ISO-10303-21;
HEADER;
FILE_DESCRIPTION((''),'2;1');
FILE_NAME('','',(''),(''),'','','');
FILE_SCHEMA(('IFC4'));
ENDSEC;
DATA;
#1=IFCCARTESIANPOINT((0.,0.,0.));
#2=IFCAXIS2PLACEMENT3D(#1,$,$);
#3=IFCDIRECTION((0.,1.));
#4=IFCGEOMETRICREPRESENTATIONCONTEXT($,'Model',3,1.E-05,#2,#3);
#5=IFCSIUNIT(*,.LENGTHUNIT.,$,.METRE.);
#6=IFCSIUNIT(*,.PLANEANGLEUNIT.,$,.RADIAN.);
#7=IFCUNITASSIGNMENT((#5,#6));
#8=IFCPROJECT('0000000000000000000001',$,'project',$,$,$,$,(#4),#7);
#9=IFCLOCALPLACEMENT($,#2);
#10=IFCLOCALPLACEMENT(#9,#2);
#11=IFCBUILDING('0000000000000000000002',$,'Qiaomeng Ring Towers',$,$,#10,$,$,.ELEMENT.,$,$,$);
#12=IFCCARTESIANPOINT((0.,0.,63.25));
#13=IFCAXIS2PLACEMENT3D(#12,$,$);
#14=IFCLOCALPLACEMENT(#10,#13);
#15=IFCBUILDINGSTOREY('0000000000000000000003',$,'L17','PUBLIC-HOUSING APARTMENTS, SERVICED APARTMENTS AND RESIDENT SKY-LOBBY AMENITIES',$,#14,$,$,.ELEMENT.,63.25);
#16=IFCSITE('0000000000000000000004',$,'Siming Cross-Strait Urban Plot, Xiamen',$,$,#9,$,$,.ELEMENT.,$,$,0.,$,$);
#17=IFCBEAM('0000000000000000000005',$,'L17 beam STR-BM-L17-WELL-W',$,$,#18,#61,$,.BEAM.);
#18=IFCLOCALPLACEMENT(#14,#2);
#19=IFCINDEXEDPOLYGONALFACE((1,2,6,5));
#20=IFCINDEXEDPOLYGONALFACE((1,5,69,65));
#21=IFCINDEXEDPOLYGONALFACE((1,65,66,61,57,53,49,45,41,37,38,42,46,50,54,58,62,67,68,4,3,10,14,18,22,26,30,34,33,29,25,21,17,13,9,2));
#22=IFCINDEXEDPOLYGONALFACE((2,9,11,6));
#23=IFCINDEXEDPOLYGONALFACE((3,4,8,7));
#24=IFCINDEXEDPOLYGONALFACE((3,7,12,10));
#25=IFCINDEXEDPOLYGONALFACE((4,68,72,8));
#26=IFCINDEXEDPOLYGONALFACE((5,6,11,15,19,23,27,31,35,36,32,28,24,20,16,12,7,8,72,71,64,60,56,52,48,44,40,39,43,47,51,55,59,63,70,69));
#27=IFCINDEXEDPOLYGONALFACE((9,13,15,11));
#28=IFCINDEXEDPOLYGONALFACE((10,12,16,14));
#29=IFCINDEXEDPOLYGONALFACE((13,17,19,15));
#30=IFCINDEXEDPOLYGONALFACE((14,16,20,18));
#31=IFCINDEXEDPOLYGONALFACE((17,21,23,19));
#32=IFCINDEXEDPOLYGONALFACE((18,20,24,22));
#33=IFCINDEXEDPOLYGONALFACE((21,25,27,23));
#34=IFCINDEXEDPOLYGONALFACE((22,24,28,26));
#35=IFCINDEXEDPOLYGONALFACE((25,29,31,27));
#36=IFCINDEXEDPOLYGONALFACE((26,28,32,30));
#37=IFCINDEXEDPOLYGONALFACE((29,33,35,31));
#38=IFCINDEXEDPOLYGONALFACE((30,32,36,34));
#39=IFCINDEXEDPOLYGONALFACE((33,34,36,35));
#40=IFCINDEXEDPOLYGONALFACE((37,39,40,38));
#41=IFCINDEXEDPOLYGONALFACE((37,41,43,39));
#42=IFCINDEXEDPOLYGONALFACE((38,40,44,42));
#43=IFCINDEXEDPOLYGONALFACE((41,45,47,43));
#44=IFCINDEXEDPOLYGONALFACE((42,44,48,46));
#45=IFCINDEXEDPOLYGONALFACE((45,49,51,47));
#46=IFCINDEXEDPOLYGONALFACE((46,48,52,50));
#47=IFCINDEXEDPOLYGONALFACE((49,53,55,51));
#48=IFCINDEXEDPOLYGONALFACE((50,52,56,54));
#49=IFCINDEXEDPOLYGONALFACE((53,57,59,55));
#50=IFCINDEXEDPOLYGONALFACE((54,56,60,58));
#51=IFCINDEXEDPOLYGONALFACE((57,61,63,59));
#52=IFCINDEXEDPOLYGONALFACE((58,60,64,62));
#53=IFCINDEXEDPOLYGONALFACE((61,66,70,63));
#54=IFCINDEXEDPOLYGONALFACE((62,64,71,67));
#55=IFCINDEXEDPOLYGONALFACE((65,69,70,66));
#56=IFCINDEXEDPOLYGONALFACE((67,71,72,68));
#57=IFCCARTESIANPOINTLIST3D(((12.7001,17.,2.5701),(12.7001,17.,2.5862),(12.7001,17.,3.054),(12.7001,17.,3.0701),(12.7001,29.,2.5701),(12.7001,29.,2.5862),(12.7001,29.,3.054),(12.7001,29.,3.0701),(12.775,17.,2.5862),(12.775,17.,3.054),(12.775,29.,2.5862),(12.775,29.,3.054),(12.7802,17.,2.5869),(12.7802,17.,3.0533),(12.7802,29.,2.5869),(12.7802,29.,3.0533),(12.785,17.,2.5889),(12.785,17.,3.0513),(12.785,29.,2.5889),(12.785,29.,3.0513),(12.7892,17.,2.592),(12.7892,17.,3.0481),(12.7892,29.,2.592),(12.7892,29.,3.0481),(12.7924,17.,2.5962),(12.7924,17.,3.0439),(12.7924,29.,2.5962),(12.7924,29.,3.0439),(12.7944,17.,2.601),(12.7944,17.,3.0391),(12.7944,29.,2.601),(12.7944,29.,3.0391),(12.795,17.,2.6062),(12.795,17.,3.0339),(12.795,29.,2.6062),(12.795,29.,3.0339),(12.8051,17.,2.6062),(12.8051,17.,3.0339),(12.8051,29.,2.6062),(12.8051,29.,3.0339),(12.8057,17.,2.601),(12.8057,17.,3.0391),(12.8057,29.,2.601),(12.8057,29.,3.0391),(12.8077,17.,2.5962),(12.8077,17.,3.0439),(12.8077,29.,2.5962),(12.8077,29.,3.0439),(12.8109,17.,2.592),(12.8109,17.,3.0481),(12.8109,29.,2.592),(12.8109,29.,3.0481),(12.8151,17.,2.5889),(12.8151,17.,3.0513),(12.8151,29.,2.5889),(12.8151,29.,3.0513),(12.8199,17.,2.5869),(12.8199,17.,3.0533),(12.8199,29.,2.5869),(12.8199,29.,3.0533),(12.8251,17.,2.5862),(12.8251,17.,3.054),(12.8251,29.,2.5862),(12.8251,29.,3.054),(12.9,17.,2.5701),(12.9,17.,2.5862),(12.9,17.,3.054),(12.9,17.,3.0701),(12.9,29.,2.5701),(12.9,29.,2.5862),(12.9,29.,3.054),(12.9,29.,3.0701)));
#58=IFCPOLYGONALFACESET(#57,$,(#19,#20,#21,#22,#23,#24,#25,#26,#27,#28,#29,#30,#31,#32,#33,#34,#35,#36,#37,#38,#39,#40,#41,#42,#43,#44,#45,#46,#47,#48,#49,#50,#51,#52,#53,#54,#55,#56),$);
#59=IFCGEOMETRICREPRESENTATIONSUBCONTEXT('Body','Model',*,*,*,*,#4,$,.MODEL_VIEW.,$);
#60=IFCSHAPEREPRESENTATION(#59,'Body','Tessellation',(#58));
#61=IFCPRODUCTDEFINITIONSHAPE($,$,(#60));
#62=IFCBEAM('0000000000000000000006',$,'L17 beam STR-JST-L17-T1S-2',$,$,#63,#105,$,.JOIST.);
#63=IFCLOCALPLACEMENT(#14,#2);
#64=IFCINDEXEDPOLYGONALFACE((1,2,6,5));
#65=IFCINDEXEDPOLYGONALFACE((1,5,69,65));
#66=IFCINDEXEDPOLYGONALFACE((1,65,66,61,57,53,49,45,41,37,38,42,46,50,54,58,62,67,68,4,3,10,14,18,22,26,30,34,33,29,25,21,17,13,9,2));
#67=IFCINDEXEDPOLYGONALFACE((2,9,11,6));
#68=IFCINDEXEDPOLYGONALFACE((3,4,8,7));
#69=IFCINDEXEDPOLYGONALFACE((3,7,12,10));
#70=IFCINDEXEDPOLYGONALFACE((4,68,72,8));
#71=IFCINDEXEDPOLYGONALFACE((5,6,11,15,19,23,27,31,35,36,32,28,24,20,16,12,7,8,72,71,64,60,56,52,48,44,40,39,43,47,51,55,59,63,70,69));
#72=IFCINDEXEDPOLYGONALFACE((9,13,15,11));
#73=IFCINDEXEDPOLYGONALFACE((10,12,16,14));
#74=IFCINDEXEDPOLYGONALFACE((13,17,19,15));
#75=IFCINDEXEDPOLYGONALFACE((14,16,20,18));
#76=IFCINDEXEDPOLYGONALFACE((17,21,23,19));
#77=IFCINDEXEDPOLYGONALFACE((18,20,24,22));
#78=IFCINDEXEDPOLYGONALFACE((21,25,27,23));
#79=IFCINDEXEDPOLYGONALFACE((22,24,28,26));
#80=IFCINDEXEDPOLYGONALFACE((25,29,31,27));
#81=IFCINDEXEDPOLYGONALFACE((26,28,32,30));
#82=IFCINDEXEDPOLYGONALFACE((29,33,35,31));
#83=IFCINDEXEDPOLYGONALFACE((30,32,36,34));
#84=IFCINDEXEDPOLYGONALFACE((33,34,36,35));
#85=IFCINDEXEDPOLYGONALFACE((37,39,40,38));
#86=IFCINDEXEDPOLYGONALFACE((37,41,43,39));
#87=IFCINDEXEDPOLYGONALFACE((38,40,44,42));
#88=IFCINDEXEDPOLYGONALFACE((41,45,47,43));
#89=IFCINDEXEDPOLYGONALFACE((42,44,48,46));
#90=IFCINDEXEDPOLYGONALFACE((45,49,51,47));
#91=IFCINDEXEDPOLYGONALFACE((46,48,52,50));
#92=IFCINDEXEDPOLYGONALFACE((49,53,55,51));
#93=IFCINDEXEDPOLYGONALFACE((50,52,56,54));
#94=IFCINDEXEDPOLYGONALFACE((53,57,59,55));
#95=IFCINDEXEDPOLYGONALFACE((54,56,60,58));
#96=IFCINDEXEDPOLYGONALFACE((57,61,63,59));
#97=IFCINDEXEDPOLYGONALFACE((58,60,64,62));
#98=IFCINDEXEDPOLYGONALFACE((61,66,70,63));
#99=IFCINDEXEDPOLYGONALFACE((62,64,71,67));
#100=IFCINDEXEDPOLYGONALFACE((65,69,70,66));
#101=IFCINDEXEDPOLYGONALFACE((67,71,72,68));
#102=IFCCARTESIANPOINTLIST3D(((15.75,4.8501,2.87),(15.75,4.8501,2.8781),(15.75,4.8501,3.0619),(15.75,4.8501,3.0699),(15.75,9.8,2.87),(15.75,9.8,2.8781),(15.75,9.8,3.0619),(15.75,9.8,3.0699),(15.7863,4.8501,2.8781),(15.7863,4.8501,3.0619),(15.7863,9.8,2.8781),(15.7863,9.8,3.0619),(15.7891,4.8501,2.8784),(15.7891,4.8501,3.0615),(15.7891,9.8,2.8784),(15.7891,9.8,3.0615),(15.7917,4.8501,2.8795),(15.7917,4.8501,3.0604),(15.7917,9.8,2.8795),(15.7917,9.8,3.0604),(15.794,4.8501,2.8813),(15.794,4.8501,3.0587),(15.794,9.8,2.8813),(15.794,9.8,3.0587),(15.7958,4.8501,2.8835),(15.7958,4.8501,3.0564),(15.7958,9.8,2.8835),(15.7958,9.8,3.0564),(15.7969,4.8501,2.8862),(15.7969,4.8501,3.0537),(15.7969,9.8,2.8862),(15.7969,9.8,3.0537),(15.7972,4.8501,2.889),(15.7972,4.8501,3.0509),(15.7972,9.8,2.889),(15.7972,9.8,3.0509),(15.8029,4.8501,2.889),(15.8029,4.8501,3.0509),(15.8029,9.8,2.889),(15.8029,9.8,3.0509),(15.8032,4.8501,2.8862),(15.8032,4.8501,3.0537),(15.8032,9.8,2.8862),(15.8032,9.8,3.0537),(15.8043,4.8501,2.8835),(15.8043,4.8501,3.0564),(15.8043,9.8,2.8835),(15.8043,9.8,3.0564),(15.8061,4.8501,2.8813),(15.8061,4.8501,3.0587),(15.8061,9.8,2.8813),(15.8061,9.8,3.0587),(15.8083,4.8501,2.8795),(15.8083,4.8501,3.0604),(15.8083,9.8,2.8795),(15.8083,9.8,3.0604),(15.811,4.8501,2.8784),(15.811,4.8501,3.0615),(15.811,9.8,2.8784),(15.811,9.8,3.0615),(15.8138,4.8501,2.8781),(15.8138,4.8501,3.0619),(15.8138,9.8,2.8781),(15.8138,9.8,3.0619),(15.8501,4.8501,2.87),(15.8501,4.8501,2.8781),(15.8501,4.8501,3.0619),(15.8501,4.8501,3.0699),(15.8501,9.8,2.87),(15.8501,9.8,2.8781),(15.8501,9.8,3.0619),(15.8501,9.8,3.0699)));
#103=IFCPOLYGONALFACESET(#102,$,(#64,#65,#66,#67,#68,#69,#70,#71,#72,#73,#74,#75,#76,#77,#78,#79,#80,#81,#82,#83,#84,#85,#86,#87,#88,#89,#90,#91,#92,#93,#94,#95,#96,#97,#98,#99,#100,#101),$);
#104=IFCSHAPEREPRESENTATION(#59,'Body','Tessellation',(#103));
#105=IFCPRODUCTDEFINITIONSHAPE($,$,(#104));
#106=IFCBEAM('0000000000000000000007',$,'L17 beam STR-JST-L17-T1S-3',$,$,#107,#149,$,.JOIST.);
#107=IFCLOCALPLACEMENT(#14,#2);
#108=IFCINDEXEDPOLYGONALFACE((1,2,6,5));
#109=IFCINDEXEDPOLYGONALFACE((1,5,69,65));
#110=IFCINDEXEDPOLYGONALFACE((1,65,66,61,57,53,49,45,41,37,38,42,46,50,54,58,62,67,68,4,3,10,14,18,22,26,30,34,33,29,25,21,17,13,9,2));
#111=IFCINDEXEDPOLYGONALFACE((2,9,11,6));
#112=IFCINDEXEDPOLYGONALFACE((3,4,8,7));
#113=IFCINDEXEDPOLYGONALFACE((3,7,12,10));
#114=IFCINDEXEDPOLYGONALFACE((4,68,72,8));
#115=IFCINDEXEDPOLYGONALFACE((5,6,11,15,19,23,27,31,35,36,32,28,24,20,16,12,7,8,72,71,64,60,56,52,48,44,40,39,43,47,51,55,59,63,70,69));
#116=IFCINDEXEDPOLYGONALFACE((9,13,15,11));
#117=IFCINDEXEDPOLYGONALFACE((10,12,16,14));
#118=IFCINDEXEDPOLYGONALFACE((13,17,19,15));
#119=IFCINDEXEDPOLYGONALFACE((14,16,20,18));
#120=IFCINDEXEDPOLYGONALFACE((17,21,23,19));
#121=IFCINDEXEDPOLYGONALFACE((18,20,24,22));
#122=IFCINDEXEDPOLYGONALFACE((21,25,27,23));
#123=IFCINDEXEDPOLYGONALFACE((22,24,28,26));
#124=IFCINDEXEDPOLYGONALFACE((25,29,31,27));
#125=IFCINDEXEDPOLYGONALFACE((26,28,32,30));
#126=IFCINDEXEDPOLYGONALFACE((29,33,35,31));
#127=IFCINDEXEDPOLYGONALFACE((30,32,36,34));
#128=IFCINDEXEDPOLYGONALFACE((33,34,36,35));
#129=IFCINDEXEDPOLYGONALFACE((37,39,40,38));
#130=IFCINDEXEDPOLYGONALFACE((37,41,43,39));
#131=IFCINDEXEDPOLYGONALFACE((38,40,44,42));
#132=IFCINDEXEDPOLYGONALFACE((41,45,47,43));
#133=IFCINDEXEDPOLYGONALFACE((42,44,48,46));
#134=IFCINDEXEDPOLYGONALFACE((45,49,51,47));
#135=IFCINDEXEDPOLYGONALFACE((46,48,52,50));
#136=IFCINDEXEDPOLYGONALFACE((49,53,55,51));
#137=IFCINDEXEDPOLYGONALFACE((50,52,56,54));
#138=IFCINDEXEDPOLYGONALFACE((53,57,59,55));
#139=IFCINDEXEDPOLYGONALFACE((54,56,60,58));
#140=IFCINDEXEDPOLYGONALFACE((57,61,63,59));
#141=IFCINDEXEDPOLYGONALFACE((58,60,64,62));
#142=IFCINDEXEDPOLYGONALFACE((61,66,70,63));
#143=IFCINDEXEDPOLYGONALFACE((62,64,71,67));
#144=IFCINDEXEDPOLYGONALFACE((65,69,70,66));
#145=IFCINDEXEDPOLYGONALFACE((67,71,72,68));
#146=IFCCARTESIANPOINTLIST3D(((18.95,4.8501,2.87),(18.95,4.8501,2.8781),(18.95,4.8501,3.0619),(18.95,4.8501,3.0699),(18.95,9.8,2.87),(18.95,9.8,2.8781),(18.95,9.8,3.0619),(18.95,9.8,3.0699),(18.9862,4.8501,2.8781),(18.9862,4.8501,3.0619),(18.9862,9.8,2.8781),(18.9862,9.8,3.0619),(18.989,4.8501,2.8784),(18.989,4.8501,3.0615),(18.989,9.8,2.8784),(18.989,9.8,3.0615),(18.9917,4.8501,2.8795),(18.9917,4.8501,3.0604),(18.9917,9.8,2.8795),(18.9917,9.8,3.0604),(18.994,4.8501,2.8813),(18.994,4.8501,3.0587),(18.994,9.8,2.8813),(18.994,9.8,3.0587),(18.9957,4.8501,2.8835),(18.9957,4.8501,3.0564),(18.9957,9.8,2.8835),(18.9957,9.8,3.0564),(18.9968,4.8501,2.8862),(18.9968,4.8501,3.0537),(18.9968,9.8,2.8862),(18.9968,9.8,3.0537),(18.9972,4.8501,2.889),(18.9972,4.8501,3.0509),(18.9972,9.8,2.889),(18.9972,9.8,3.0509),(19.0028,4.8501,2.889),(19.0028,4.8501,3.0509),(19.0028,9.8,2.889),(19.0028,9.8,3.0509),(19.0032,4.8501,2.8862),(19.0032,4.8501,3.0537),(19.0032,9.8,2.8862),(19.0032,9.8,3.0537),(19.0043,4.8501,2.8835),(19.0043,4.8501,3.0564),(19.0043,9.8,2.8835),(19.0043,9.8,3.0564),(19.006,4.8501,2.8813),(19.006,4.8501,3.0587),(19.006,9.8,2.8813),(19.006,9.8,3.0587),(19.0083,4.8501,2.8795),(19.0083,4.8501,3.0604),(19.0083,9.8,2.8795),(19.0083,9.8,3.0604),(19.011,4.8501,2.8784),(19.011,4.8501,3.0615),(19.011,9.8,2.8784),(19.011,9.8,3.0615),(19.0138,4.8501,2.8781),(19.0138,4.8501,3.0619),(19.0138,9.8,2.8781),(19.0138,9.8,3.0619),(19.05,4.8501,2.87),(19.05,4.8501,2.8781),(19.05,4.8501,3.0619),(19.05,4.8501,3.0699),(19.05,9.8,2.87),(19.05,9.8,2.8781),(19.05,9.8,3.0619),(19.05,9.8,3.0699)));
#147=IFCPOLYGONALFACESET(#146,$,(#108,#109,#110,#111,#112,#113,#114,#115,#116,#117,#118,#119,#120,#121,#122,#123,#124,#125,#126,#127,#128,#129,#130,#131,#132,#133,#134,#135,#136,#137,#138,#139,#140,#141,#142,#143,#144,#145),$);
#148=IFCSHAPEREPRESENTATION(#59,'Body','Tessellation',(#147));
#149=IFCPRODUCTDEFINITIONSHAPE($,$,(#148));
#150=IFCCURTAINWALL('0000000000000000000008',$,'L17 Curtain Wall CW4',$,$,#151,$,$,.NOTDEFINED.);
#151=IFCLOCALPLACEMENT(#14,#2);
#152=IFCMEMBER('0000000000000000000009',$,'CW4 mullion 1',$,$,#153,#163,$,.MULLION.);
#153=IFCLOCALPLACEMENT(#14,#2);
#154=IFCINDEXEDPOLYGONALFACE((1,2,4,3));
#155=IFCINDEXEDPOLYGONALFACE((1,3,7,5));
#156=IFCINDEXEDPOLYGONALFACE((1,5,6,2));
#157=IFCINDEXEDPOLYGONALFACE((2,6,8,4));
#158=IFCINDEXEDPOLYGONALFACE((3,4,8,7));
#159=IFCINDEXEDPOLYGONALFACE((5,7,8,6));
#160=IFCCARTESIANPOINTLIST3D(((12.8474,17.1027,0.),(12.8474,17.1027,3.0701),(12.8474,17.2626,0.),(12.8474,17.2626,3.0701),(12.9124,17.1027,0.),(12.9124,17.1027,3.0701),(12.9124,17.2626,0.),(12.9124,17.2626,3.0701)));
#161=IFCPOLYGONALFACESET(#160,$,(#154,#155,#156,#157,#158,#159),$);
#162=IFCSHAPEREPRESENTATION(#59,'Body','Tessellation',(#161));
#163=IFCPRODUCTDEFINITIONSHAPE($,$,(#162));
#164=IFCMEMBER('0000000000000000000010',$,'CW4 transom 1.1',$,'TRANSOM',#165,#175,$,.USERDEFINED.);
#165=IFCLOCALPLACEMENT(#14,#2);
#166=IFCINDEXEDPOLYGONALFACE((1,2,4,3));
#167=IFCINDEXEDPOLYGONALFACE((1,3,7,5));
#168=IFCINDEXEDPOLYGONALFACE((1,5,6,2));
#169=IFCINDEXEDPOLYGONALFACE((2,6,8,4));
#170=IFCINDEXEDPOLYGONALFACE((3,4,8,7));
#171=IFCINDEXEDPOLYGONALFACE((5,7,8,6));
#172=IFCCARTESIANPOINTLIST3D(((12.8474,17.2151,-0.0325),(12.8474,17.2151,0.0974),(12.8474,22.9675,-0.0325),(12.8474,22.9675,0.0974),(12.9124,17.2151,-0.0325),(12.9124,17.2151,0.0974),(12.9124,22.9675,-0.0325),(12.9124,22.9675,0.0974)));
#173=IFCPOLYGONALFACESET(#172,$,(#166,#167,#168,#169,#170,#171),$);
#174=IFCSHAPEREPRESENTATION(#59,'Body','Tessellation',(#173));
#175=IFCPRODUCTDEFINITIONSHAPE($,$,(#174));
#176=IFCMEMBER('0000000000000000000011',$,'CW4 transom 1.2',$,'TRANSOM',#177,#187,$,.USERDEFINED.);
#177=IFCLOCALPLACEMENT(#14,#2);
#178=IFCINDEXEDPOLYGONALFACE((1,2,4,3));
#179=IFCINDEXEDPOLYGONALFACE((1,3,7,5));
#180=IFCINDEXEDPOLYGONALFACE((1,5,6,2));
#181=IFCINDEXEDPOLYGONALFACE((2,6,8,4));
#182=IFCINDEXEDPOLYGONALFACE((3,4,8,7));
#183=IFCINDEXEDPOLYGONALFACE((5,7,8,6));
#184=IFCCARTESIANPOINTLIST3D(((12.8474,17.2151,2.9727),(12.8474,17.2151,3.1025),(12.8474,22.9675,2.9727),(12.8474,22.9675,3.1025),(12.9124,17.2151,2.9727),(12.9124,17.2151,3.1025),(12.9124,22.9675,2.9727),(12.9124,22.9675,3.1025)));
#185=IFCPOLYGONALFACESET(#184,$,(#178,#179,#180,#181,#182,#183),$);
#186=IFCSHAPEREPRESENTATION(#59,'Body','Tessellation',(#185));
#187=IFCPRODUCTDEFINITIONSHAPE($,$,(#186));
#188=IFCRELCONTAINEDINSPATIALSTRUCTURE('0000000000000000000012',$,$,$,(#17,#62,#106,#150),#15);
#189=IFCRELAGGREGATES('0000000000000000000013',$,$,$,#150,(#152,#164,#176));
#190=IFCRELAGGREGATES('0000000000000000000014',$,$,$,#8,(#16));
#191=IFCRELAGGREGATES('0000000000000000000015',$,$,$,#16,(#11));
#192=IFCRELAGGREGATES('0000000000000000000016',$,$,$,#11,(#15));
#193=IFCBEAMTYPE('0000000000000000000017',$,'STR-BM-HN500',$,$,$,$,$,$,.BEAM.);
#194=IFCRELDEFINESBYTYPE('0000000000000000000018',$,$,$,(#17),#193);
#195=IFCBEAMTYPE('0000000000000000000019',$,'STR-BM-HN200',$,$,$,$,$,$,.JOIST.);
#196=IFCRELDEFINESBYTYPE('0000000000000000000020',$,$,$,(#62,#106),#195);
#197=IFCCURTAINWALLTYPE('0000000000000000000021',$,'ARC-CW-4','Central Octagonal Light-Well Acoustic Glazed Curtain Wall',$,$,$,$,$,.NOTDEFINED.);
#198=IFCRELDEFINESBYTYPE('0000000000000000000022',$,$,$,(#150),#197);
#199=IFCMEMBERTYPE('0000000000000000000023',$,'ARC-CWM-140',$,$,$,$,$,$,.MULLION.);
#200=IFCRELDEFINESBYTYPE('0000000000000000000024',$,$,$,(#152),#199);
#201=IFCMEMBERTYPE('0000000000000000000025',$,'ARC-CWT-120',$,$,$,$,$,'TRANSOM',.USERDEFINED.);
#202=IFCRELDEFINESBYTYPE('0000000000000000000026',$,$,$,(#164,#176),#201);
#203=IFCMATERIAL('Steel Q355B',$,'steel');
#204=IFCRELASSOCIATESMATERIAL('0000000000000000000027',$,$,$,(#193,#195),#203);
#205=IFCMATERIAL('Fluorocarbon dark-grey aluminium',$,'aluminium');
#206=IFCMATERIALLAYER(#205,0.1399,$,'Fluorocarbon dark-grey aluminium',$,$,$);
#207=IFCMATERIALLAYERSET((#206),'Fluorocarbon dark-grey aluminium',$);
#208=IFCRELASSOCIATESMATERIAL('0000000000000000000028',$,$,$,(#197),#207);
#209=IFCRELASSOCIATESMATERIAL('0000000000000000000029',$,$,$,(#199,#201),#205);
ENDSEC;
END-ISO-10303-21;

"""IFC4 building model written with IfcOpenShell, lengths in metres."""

from ifc_helpers import new_model, si_unit, direction, frame, origin, origin_2d, place, context, subcontext, project, spatial, rectangle, i_section, extrude, source, transform, mapped, material, layer, layer_set, material_profile, profile_set, type_object, element, aggregate, save


model = new_model("IFC4")

# Units and contexts
model_context = context("Model", 3, precision=1e-05, world=origin(), true_north=direction((0.0, 1.0)))
body_context = subcontext(model_context, "Body", "Model", "MODEL_VIEW")
ifc_project = project(units=[si_unit("LENGTHUNIT", "METRE"), si_unit("PLANEANGLEUNIT", "RADIAN")], contexts=[model_context])

# Site, building, storey
site_placement = place(None, origin())
site = spatial("IfcSite", under=ifc_project, at=site_placement, Name="Siming Cross-Strait Urban Plot, Xiamen", CompositionType="ELEMENT", RefElevation=0.0)
building_placement = place(site_placement, origin())
building = spatial("IfcBuilding", under=site, at=building_placement, Name="Qiaomeng Ring Towers", CompositionType="ELEMENT")
storey_placement = place(building_placement, frame((0.0, 0.0, 63.25)))
storey = spatial("IfcBuildingStorey", under=building, at=storey_placement, Name="L17", Description="PUBLIC-HOUSING APARTMENTS, SERVICED APARTMENTS AND RESIDENT SKY-LOBBY AMENITIES", CompositionType="ELEMENT", Elevation=63.25)

# Beams
ifc_material_1 = material(Name="Steel Q355B", Category="steel")
ifc_material_profile_1 = material_profile(ifc_material_1, i_section(OverallWidth=0.2, OverallDepth=0.5, WebThickness=0.01, FlangeThickness=0.0161, FilletRadius=0.02, at=origin_2d()), Name="HN 500x200x10x16")
ifc_profile_set_1 = profile_set([ifc_material_profile_1], Name="Steel Q355B")
beam_type_1 = type_object("IfcBeamType", Name="STR-BM-HN500", PredefinedType="BEAM", material=ifc_profile_set_1)
shared_shape_1 = source(origin(), body_context, "Body", "SweptSolid", [
    extrude(i_section(OverallWidth=0.2, OverallDepth=0.5, WebThickness=0.01, FlangeThickness=0.0161, FilletRadius=0.02, at=origin_2d()), origin(), (0.0, 0.0, 1.0), 12.0),
])
beam_placement = place(storey_placement, frame((12.8, 17.0, 2.8201), z_axis=(0.0, 1.0, 0.0), x_axis=(-1.0, 0.0, 0.0)))
element("IfcBeam", 1, at=beam_placement, inside=storey, type_object=beam_type_1, Name="L17 beam STR-BM-L17-WELL-W", PredefinedType="BEAM", context=body_context, shape_type="MappedRepresentation", body=[
    mapped(shared_shape_1, transform((0.0, 0.0, 0.0), x_axis=(1.0, 0.0, 0.0), y_axis=(0.0, 1.0, 0.0), z_axis=(0.0, 0.0, 1.0), scale=1.0)),
])
ifc_material_profile_2 = material_profile(ifc_material_1, i_section(OverallWidth=0.1001, OverallDepth=0.2, WebThickness=0.0056, FlangeThickness=0.0081, FilletRadius=0.011, at=origin_2d()), Name="HN 200x100x5.5x8")
ifc_profile_set_2 = profile_set([ifc_material_profile_2], Name="Steel Q355B")
beam_type_2 = type_object("IfcBeamType", Name="STR-BM-HN200", PredefinedType="JOIST", material=ifc_profile_set_2)
shared_shape_2 = source(origin(), body_context, "Body", "SweptSolid", [
    extrude(i_section(OverallWidth=0.1001, OverallDepth=0.2, WebThickness=0.0056, FlangeThickness=0.0081, FilletRadius=0.011, at=origin_2d()), origin(), (0.0, 0.0, 1.0), 4.95),
])
for number, where, z_axis, x_axis, name in (
    (2, (15.8, 4.8501, 2.97), (0.0, 1.0, 0.0), (-1.0, 0.0, 0.0), "L17 beam STR-JST-L17-T1S-2"),
    (3, (19.0, 4.8501, 2.97), (0.0, 1.0, 0.0), (-1.0, 0.0, 0.0), "L17 beam STR-JST-L17-T1S-3"),
):
    element("IfcBeam", number, at=place(storey_placement, frame(where, z_axis=z_axis, x_axis=x_axis)), inside=storey, type_object=beam_type_2, Name=name, PredefinedType="JOIST", context=body_context, shape_type="MappedRepresentation", body=[
        mapped(shared_shape_2, transform((0.0, 0.0, 0.0), x_axis=(1.0, 0.0, 0.0), y_axis=(0.0, 1.0, 0.0), z_axis=(0.0, 0.0, 1.0), scale=1.0)),
    ])

# Curtain wall, members
ifc_material_2 = material(Name="Fluorocarbon dark-grey aluminium", Category="aluminium")
ifc_layer_1 = layer(ifc_material_2, 0.1399, Name="Fluorocarbon dark-grey aluminium")
ifc_layer_set_1 = layer_set([ifc_layer_1], Name="Fluorocarbon dark-grey aluminium")
curtain_wall_type = type_object("IfcCurtainWallType", Name="ARC-CW-4", Description="Central Octagonal Light-Well Acoustic Glazed Curtain Wall", PredefinedType="NOTDEFINED", material=ifc_layer_set_1)
curtain_wall_placement = place(storey_placement, origin())
curtain_wall = element("IfcCurtainWall", 4, at=curtain_wall_placement, inside=storey, type_object=curtain_wall_type, Name="L17 Curtain Wall CW4", PredefinedType="NOTDEFINED")
ifc_material_profile_3 = material_profile(ifc_material_2, rectangle(XDim=0.0649, YDim=0.1599, at=origin_2d()), Name="ALU MULL 65x160")
ifc_profile_set_3 = profile_set([ifc_material_profile_3], Name="Fluorocarbon dark-grey aluminium")
member_type_1 = type_object("IfcMemberType", Name="ARC-CWM-140", PredefinedType="MULLION", material=ifc_profile_set_3)
shared_shape_3 = source(origin(), body_context, "Body", "SweptSolid", [
    extrude(rectangle(XDim=0.0649, YDim=0.1599, at=origin_2d()), origin(), (0.0, 0.0, 1.0), 3.0701),
])
member_1_placement = place(storey_placement, frame((12.8799, 17.1826, 0.0), z_axis=(0.0, 0.0, 1.0), x_axis=(-1.0, 0.0, 0.0)))
member_1 = element("IfcMember", 5, at=member_1_placement, type_object=member_type_1, Name="CW4 mullion 1", PredefinedType="MULLION", context=body_context, shape_type="MappedRepresentation", body=[
    mapped(shared_shape_3, transform((0.0, 0.0, 0.0), x_axis=(1.0, 0.0, 0.0), y_axis=(0.0, 1.0, 0.0), z_axis=(0.0, 0.0, 1.0), scale=1.0)),
])
ifc_material_profile_4 = material_profile(ifc_material_2, rectangle(XDim=0.0649, YDim=0.1299, at=origin_2d()), Name="ALU TRAN 65x130")
ifc_profile_set_4 = profile_set([ifc_material_profile_4], Name="Fluorocarbon dark-grey aluminium")
member_type_2 = type_object("IfcMemberType", Name="ARC-CWT-120", ElementType="TRANSOM", PredefinedType="USERDEFINED", material=ifc_profile_set_4)
shared_shape_4 = source(origin(), body_context, "Body", "SweptSolid", [
    extrude(rectangle(XDim=0.0649, YDim=0.1299, at=origin_2d()), origin(), (0.0, 0.0, 1.0), 5.7524),
])
member_2_placement = place(storey_placement, frame((12.8799, 17.2151, 0.0325), z_axis=(0.0, 1.0, 0.0), x_axis=(-1.0, 0.0, 0.0)))
member_2 = element("IfcMember", 6, at=member_2_placement, type_object=member_type_2, Name="CW4 transom 1.1", ObjectType="TRANSOM", PredefinedType="USERDEFINED", context=body_context, shape_type="MappedRepresentation", body=[
    mapped(shared_shape_4, transform((0.0, 0.0, 0.0), x_axis=(1.0, 0.0, 0.0), y_axis=(0.0, 1.0, 0.0), z_axis=(0.0, 0.0, 1.0), scale=1.0)),
])
member_3_placement = place(storey_placement, frame((12.8799, 17.2151, 3.0376), z_axis=(0.0, 1.0, 0.0), x_axis=(-1.0, 0.0, 0.0)))
member_3 = element("IfcMember", 7, at=member_3_placement, type_object=member_type_2, Name="CW4 transom 1.2", ObjectType="TRANSOM", PredefinedType="USERDEFINED", context=body_context, shape_type="MappedRepresentation", body=[
    mapped(shared_shape_4, transform((0.0, 0.0, 0.0), x_axis=(1.0, 0.0, 0.0), y_axis=(0.0, 1.0, 0.0), z_axis=(0.0, 0.0, 1.0), scale=1.0)),
])
aggregate(curtain_wall, [member_1, member_2, member_3])

save(model, "model.ifc")
